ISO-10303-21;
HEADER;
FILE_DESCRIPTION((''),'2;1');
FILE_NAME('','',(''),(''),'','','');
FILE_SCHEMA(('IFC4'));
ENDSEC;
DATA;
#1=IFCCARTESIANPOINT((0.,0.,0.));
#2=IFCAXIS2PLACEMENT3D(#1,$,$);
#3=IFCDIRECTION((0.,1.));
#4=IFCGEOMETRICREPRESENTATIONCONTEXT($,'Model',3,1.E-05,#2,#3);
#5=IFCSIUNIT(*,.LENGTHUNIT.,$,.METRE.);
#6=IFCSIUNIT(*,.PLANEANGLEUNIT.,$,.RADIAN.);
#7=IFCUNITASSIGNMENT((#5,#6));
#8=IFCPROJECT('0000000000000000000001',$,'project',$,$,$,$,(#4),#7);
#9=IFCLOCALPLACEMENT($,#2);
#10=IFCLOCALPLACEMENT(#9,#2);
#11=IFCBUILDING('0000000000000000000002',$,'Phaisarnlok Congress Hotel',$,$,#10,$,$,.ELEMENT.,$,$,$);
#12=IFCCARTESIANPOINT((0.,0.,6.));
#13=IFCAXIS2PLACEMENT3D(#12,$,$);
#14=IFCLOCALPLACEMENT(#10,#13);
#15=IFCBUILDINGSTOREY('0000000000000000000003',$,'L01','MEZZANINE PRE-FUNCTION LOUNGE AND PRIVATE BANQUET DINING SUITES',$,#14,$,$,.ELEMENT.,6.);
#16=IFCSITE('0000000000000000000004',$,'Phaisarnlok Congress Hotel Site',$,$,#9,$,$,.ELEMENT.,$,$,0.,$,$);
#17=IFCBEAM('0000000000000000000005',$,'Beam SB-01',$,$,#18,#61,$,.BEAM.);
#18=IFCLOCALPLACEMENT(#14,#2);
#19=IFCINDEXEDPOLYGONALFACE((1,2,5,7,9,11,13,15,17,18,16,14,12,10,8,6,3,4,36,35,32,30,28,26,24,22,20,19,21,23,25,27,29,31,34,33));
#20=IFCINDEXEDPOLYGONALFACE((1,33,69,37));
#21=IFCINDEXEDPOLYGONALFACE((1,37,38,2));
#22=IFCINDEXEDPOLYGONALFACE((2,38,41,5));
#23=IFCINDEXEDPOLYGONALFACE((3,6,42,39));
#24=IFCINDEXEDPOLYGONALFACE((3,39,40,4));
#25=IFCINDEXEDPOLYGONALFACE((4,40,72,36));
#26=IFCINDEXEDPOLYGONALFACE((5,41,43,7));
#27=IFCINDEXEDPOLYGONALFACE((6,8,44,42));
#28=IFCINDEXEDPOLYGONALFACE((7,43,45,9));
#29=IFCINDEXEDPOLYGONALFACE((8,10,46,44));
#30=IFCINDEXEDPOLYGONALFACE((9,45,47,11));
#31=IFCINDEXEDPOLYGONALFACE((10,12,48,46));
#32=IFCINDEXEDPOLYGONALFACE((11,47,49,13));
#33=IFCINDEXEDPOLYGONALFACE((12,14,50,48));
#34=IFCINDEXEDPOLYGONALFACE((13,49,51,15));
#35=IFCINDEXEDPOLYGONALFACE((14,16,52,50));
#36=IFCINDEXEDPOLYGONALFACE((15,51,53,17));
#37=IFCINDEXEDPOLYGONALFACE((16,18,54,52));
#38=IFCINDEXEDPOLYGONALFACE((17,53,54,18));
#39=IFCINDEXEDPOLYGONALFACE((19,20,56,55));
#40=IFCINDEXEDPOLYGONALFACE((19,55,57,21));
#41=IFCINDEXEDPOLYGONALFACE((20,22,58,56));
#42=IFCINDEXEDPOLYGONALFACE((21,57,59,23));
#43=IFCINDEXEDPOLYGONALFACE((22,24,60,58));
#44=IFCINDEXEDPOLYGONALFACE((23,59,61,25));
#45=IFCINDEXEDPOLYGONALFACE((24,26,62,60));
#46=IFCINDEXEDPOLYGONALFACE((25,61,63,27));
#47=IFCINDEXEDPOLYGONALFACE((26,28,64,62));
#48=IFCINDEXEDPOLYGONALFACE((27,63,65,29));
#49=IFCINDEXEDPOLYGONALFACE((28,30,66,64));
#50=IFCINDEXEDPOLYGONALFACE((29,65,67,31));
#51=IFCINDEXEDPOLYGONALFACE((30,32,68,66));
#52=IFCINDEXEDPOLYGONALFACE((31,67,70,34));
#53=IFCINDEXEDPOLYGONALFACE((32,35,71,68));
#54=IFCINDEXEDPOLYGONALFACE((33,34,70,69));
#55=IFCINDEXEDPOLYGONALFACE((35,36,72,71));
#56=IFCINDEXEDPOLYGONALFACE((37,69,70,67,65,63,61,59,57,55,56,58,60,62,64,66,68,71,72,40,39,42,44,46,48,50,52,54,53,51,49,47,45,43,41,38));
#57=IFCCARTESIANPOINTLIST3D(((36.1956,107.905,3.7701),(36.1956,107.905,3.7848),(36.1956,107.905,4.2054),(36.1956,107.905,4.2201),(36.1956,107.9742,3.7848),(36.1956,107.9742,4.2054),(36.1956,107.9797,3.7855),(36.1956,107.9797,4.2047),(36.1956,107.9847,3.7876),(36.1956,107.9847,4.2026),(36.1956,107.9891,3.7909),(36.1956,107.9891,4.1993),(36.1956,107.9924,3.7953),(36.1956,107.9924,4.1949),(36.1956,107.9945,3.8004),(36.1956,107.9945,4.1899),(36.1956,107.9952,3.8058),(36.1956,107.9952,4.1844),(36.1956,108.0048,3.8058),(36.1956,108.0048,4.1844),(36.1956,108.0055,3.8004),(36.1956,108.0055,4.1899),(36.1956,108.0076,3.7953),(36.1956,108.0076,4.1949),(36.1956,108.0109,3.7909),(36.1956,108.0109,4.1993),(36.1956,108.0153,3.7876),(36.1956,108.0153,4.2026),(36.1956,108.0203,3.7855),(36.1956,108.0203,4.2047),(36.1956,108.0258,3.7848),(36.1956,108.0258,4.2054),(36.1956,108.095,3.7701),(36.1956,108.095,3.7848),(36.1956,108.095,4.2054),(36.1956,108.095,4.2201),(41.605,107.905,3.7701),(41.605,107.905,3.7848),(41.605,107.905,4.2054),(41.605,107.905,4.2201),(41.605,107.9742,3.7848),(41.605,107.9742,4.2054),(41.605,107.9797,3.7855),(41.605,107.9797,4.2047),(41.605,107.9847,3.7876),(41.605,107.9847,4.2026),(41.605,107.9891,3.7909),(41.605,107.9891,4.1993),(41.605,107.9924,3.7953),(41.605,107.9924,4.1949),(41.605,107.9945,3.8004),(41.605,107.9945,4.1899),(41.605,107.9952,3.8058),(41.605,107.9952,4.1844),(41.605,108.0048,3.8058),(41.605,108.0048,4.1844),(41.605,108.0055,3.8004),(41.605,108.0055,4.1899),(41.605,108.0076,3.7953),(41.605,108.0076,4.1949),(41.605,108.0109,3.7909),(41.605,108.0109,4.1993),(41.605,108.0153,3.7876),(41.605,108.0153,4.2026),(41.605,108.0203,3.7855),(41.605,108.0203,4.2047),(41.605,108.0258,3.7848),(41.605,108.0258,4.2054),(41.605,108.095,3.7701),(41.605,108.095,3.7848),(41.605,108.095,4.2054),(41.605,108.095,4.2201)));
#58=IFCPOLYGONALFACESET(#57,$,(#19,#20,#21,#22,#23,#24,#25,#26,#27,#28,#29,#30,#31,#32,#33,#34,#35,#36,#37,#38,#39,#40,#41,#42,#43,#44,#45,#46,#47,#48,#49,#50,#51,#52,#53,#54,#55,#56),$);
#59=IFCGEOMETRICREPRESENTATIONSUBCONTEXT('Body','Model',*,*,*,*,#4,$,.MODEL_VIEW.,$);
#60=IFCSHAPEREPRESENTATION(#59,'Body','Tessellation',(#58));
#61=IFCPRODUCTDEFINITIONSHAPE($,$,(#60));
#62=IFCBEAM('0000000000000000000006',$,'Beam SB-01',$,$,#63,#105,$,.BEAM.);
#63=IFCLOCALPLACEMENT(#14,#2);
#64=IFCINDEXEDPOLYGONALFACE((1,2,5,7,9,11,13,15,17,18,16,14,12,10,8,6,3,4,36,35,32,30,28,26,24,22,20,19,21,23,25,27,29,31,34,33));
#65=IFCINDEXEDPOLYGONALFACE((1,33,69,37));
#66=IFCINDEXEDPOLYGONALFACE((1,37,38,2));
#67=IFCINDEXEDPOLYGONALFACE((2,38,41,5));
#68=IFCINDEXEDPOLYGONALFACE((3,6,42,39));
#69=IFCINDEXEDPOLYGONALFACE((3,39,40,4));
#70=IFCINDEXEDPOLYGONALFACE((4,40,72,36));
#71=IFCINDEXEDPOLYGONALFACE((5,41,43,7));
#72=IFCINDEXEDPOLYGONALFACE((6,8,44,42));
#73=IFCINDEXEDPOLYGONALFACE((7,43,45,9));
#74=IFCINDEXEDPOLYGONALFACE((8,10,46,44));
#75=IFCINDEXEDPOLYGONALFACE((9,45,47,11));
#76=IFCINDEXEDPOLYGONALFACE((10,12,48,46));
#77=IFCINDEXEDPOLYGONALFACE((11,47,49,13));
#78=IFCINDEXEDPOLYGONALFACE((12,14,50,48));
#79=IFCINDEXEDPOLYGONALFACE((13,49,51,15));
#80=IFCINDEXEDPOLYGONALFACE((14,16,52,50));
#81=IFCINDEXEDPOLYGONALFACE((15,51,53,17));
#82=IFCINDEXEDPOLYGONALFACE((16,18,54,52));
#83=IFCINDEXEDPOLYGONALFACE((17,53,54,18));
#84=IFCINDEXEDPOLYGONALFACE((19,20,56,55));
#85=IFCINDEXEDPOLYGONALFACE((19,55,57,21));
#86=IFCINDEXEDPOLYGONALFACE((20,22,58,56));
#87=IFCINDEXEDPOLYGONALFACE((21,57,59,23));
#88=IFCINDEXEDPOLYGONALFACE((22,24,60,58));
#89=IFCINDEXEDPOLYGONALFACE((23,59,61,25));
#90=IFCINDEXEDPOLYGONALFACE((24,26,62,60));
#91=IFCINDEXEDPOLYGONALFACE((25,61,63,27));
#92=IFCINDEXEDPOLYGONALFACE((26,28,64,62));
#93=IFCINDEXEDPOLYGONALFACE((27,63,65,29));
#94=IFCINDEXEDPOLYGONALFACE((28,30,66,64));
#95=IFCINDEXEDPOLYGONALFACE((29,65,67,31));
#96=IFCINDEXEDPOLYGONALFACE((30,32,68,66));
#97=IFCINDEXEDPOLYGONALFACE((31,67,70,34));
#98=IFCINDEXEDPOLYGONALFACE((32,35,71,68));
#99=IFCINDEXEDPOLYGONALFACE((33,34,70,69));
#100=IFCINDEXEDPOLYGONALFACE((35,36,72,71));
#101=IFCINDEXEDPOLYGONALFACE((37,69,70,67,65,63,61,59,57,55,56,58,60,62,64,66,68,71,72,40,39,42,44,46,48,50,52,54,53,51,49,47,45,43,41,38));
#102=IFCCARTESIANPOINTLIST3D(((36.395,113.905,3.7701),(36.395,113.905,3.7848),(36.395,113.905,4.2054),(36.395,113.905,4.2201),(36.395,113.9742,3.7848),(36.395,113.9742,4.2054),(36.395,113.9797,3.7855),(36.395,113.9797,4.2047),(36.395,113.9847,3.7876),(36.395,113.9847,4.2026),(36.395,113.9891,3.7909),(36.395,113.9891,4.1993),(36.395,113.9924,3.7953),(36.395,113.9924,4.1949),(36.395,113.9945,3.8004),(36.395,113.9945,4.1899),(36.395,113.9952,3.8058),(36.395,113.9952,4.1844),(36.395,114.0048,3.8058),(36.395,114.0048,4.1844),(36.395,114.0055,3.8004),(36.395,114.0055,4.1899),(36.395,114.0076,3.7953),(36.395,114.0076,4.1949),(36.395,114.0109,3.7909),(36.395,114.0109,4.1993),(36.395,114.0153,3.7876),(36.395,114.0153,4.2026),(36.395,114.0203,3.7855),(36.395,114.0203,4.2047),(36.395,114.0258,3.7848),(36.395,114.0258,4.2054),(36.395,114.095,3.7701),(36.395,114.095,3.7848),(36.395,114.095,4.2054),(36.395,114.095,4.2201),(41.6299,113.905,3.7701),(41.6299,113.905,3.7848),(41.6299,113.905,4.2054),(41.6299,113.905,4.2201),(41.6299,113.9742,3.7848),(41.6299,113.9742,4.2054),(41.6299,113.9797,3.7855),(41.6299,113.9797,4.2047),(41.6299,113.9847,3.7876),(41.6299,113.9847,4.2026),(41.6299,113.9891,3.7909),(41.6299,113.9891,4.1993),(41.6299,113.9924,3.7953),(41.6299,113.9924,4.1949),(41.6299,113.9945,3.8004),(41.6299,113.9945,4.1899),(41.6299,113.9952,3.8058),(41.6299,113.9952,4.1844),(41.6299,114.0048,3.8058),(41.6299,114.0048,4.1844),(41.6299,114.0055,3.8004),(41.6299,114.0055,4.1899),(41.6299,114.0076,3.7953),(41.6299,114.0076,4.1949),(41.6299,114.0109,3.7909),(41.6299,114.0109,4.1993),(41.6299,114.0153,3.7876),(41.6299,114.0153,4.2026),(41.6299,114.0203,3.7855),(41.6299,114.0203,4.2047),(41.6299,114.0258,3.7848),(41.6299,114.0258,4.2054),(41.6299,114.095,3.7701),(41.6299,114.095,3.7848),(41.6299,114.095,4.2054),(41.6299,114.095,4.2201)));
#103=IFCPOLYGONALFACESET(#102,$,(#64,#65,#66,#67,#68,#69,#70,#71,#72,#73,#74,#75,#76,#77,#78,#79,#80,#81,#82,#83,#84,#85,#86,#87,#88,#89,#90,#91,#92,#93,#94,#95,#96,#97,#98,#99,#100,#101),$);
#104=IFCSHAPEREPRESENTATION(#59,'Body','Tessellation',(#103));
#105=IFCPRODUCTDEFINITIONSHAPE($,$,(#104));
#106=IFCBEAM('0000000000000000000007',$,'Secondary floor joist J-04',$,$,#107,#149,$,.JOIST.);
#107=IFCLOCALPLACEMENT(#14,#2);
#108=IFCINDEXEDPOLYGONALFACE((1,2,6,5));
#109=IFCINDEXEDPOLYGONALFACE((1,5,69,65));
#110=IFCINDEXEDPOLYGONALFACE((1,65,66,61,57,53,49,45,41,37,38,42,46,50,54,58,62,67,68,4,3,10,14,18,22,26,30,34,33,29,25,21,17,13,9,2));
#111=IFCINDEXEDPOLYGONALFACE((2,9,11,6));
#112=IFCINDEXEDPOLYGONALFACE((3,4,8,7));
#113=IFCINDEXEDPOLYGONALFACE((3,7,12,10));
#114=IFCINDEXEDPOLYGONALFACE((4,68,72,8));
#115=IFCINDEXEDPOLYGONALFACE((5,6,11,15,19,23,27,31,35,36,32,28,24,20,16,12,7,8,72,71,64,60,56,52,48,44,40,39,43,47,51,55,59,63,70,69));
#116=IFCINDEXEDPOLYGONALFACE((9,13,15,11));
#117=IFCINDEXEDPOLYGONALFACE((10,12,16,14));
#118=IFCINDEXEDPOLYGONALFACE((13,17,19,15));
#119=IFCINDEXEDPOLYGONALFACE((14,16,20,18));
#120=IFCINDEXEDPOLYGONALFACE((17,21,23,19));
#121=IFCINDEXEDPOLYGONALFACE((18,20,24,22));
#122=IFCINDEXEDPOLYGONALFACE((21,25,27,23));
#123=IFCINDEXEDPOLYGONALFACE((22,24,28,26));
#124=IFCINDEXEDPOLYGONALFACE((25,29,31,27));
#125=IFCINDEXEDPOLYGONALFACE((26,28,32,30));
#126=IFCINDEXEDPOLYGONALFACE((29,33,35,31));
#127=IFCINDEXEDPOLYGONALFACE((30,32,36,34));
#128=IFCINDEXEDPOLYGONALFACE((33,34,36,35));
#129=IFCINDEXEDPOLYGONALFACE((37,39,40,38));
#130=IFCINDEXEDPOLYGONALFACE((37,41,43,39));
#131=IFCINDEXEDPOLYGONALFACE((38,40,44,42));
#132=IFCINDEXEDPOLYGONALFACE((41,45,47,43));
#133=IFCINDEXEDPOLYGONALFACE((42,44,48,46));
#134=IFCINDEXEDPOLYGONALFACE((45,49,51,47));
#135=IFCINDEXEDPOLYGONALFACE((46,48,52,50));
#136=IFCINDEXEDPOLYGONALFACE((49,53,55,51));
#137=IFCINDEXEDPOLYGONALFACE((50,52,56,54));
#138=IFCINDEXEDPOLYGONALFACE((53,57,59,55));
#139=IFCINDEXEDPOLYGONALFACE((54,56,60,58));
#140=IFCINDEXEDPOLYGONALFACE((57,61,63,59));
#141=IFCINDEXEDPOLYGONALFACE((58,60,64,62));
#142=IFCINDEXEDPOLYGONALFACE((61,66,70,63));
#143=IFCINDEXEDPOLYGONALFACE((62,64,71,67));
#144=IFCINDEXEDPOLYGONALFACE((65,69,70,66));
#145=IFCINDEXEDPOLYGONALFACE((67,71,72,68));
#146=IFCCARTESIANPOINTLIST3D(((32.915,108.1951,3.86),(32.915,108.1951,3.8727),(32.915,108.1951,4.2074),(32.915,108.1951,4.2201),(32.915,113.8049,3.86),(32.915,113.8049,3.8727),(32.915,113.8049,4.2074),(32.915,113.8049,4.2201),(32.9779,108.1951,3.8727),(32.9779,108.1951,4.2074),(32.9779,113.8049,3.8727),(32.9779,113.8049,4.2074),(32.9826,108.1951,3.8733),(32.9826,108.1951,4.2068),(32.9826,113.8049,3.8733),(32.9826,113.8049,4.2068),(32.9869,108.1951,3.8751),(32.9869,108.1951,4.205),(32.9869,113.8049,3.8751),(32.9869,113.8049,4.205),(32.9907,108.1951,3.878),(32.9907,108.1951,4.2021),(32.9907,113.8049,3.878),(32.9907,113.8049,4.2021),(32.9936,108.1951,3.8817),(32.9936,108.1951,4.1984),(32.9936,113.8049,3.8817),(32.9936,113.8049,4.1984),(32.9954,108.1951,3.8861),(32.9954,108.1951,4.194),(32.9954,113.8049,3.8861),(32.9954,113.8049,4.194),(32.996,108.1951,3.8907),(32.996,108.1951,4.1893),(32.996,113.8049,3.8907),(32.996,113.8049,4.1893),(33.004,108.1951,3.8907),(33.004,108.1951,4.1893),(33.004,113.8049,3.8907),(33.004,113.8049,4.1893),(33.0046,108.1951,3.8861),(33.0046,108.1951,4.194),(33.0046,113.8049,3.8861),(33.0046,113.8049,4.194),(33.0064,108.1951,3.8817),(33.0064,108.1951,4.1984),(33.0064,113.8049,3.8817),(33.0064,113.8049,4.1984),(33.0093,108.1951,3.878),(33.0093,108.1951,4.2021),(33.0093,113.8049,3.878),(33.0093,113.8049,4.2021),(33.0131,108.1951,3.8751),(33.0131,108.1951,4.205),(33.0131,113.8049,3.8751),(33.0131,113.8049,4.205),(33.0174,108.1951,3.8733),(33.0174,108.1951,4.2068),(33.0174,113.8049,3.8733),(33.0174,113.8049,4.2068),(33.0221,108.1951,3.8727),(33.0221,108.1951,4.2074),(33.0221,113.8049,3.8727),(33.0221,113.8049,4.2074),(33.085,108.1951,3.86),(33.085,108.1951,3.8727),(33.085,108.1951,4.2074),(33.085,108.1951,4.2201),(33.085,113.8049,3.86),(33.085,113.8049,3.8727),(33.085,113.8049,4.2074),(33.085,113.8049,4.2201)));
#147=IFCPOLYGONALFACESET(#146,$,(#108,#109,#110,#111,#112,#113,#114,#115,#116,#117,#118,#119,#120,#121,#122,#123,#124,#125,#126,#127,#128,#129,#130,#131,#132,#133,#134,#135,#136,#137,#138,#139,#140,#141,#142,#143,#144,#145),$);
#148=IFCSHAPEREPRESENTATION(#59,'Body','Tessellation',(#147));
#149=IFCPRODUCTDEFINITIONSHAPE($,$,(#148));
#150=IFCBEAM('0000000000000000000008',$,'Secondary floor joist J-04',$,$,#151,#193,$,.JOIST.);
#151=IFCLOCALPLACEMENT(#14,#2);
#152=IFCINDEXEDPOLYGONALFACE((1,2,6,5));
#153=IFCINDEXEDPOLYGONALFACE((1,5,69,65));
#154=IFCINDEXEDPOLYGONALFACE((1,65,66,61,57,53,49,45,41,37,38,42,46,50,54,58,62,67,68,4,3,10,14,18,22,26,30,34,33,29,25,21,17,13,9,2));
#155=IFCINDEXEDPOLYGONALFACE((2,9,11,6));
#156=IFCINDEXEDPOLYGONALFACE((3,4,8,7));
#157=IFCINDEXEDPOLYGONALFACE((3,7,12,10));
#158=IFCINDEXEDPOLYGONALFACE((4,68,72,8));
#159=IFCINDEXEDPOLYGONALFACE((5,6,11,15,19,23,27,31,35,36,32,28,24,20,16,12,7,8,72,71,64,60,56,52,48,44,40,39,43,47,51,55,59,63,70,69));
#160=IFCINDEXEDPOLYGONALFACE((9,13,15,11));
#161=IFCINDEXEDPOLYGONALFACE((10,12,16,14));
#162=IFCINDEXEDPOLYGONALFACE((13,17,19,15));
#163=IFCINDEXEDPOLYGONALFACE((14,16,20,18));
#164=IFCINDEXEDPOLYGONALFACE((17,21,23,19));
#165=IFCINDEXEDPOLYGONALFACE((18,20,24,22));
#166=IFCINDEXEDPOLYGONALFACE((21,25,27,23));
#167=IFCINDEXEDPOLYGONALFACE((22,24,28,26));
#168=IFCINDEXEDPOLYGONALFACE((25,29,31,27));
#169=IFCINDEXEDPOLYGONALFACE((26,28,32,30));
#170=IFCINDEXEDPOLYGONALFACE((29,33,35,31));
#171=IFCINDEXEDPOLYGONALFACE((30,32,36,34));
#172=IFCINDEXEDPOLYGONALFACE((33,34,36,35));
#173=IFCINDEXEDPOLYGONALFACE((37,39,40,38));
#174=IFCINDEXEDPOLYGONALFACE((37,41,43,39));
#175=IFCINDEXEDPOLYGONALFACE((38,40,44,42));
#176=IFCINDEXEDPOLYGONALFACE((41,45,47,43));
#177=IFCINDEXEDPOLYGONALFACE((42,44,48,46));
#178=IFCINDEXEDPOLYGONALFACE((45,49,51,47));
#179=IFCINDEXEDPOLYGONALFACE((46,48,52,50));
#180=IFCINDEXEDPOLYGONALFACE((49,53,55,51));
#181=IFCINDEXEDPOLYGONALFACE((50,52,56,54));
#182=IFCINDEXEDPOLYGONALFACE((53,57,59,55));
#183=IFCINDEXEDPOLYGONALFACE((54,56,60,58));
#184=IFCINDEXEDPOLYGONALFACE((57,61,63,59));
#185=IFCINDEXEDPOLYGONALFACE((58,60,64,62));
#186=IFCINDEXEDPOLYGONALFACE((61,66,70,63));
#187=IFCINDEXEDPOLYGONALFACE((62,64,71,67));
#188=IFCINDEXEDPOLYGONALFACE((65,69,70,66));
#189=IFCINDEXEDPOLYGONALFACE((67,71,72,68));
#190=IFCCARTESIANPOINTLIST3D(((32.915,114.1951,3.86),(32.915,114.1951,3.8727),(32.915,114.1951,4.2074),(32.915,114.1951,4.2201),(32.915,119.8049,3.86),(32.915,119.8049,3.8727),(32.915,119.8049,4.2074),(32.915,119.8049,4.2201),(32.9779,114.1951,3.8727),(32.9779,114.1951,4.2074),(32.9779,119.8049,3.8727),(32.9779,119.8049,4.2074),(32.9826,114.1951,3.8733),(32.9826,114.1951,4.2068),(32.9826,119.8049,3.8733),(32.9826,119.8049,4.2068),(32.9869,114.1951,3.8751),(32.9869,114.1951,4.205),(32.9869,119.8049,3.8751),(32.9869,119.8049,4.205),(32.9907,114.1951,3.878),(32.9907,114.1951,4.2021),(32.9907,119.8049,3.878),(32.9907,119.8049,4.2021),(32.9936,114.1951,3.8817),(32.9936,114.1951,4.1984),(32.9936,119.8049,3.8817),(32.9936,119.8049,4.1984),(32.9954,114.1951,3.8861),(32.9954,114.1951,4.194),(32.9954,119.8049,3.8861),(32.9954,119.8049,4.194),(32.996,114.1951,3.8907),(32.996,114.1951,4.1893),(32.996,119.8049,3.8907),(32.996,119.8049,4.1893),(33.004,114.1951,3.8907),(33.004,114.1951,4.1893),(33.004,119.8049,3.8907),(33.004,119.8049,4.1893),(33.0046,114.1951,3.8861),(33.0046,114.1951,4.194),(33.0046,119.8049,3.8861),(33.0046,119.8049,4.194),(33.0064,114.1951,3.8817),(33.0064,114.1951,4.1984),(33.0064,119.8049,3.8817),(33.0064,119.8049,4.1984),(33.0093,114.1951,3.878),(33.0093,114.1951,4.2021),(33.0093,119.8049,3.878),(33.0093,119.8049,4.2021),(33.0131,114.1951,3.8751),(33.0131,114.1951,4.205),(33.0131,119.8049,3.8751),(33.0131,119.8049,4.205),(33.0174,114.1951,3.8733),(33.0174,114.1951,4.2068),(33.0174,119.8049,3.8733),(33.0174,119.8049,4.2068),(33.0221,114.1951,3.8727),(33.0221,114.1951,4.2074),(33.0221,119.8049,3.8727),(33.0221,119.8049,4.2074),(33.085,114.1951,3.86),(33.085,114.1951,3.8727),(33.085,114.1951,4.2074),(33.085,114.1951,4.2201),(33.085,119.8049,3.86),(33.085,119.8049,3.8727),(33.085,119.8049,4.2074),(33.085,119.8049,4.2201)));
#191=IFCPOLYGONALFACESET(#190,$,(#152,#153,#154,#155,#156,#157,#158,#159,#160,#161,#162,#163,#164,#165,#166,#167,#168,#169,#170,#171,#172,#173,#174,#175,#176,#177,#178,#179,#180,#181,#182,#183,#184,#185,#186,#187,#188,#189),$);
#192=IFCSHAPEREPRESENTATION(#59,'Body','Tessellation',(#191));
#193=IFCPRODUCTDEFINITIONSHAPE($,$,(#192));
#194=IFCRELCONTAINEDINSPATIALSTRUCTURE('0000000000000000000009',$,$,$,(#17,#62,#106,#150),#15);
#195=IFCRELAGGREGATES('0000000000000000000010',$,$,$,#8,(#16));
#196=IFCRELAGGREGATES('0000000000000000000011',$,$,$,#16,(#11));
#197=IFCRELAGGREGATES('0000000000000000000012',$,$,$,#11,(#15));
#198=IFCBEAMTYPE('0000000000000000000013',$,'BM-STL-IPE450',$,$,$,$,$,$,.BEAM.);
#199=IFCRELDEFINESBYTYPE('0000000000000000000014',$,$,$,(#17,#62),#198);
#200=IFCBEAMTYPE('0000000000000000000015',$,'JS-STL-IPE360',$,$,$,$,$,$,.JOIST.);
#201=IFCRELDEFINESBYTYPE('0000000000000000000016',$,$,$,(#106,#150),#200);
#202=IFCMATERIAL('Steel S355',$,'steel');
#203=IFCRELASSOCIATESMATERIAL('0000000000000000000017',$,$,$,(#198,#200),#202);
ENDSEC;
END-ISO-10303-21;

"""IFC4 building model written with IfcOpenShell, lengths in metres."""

from ifc_helpers import new_model, si_unit, direction, frame, origin, origin_2d, place, context, subcontext, project, spatial, i_section, extrude, material, material_profile, profile_set, type_object, element, save


model = new_model("IFC4")

# Units and contexts
model_context = context("Model", 3, precision=1e-05, world=origin(), true_north=direction((0.0, 1.0)))
body_context = subcontext(model_context, "Body", "Model", "MODEL_VIEW")
ifc_project = project(units=[si_unit("LENGTHUNIT", "METRE"), si_unit("PLANEANGLEUNIT", "RADIAN")], contexts=[model_context])

# Site, building, storey
site_placement = place(None, origin())
site = spatial("IfcSite", under=ifc_project, at=site_placement, Name="Phaisarnlok Congress Hotel Site", CompositionType="ELEMENT", RefElevation=0.0)
building_placement = place(site_placement, origin())
building = spatial("IfcBuilding", under=site, at=building_placement, Name="Phaisarnlok Congress Hotel", CompositionType="ELEMENT")
storey_placement = place(building_placement, frame((0.0, 0.0, 6.0)))
storey = spatial("IfcBuildingStorey", under=building, at=storey_placement, Name="L01", Description="MEZZANINE PRE-FUNCTION LOUNGE AND PRIVATE BANQUET DINING SUITES", CompositionType="ELEMENT", Elevation=6.0)

# Shared definitions
ifc_material_1 = material(Name="Steel S355", Category="steel")

# Beams
ifc_material_profile_1 = material_profile(ifc_material_1, i_section(OverallWidth=0.1899, OverallDepth=0.45, WebThickness=0.0095, FlangeThickness=0.0146, FilletRadius=0.021, at=origin_2d()), Name="IPE 450")
ifc_profile_set_1 = profile_set([ifc_material_profile_1], Name="Steel S355")
beam_type_1 = type_object("IfcBeamType", Name="BM-STL-IPE450", PredefinedType="BEAM", material=ifc_profile_set_1)
beam_1_placement = place(storey_placement, frame((36.1956, 108.0, 3.9951), z_axis=(1.0, 0.0, 0.0), x_axis=(0.0, 1.0, 0.0)))
element("IfcBeam", 1, at=beam_1_placement, inside=storey, type_object=beam_type_1, Name="Beam SB-01", PredefinedType="BEAM", context=body_context, shape_type="SweptSolid", body=[
    extrude(i_section(OverallWidth=0.1899, OverallDepth=0.45, WebThickness=0.0095, FlangeThickness=0.0146, FilletRadius=0.021, at=origin_2d()), origin(), (0.0, 0.0, 1.0), 5.4094),
])
beam_2_placement = place(storey_placement, frame((36.395, 114.0, 3.9951), z_axis=(1.0, 0.0, 0.0), x_axis=(0.0, 1.0, 0.0)))
element("IfcBeam", 2, at=beam_2_placement, inside=storey, type_object=beam_type_1, Name="Beam SB-01", PredefinedType="BEAM", context=body_context, shape_type="SweptSolid", body=[
    extrude(i_section(OverallWidth=0.1899, OverallDepth=0.45, WebThickness=0.0095, FlangeThickness=0.0146, FilletRadius=0.021, at=origin_2d()), origin(), (0.0, 0.0, 1.0), 5.2349),
])
ifc_material_profile_2 = material_profile(ifc_material_1, i_section(OverallWidth=0.1699, OverallDepth=0.3601, WebThickness=0.0081, FlangeThickness=0.0127, FilletRadius=0.0181, at=origin_2d()), Name="IPE 360")
ifc_profile_set_2 = profile_set([ifc_material_profile_2], Name="Steel S355")
beam_type_2 = type_object("IfcBeamType", Name="JS-STL-IPE360", PredefinedType="JOIST", material=ifc_profile_set_2)
for number, where, z_axis, x_axis, name in (
    (3, (33.0, 108.1951, 4.04), (0.0, 1.0, 0.0), (-1.0, 0.0, 0.0), "Secondary floor joist J-04"),
    (4, (33.0, 114.1951, 4.04), (0.0, 1.0, 0.0), (-1.0, 0.0, 0.0), "Secondary floor joist J-04"),
):
    element("IfcBeam", number, at=place(storey_placement, frame(where, z_axis=z_axis, x_axis=x_axis)), inside=storey, type_object=beam_type_2, Name=name, PredefinedType="JOIST", context=body_context, shape_type="SweptSolid", body=[
        extrude(i_section(OverallWidth=0.1699, OverallDepth=0.3601, WebThickness=0.0081, FlangeThickness=0.0127, FilletRadius=0.0181, at=origin_2d()), origin(), (0.0, 0.0, 1.0), 5.6099),
    ])

save(model, "model.ifc")
